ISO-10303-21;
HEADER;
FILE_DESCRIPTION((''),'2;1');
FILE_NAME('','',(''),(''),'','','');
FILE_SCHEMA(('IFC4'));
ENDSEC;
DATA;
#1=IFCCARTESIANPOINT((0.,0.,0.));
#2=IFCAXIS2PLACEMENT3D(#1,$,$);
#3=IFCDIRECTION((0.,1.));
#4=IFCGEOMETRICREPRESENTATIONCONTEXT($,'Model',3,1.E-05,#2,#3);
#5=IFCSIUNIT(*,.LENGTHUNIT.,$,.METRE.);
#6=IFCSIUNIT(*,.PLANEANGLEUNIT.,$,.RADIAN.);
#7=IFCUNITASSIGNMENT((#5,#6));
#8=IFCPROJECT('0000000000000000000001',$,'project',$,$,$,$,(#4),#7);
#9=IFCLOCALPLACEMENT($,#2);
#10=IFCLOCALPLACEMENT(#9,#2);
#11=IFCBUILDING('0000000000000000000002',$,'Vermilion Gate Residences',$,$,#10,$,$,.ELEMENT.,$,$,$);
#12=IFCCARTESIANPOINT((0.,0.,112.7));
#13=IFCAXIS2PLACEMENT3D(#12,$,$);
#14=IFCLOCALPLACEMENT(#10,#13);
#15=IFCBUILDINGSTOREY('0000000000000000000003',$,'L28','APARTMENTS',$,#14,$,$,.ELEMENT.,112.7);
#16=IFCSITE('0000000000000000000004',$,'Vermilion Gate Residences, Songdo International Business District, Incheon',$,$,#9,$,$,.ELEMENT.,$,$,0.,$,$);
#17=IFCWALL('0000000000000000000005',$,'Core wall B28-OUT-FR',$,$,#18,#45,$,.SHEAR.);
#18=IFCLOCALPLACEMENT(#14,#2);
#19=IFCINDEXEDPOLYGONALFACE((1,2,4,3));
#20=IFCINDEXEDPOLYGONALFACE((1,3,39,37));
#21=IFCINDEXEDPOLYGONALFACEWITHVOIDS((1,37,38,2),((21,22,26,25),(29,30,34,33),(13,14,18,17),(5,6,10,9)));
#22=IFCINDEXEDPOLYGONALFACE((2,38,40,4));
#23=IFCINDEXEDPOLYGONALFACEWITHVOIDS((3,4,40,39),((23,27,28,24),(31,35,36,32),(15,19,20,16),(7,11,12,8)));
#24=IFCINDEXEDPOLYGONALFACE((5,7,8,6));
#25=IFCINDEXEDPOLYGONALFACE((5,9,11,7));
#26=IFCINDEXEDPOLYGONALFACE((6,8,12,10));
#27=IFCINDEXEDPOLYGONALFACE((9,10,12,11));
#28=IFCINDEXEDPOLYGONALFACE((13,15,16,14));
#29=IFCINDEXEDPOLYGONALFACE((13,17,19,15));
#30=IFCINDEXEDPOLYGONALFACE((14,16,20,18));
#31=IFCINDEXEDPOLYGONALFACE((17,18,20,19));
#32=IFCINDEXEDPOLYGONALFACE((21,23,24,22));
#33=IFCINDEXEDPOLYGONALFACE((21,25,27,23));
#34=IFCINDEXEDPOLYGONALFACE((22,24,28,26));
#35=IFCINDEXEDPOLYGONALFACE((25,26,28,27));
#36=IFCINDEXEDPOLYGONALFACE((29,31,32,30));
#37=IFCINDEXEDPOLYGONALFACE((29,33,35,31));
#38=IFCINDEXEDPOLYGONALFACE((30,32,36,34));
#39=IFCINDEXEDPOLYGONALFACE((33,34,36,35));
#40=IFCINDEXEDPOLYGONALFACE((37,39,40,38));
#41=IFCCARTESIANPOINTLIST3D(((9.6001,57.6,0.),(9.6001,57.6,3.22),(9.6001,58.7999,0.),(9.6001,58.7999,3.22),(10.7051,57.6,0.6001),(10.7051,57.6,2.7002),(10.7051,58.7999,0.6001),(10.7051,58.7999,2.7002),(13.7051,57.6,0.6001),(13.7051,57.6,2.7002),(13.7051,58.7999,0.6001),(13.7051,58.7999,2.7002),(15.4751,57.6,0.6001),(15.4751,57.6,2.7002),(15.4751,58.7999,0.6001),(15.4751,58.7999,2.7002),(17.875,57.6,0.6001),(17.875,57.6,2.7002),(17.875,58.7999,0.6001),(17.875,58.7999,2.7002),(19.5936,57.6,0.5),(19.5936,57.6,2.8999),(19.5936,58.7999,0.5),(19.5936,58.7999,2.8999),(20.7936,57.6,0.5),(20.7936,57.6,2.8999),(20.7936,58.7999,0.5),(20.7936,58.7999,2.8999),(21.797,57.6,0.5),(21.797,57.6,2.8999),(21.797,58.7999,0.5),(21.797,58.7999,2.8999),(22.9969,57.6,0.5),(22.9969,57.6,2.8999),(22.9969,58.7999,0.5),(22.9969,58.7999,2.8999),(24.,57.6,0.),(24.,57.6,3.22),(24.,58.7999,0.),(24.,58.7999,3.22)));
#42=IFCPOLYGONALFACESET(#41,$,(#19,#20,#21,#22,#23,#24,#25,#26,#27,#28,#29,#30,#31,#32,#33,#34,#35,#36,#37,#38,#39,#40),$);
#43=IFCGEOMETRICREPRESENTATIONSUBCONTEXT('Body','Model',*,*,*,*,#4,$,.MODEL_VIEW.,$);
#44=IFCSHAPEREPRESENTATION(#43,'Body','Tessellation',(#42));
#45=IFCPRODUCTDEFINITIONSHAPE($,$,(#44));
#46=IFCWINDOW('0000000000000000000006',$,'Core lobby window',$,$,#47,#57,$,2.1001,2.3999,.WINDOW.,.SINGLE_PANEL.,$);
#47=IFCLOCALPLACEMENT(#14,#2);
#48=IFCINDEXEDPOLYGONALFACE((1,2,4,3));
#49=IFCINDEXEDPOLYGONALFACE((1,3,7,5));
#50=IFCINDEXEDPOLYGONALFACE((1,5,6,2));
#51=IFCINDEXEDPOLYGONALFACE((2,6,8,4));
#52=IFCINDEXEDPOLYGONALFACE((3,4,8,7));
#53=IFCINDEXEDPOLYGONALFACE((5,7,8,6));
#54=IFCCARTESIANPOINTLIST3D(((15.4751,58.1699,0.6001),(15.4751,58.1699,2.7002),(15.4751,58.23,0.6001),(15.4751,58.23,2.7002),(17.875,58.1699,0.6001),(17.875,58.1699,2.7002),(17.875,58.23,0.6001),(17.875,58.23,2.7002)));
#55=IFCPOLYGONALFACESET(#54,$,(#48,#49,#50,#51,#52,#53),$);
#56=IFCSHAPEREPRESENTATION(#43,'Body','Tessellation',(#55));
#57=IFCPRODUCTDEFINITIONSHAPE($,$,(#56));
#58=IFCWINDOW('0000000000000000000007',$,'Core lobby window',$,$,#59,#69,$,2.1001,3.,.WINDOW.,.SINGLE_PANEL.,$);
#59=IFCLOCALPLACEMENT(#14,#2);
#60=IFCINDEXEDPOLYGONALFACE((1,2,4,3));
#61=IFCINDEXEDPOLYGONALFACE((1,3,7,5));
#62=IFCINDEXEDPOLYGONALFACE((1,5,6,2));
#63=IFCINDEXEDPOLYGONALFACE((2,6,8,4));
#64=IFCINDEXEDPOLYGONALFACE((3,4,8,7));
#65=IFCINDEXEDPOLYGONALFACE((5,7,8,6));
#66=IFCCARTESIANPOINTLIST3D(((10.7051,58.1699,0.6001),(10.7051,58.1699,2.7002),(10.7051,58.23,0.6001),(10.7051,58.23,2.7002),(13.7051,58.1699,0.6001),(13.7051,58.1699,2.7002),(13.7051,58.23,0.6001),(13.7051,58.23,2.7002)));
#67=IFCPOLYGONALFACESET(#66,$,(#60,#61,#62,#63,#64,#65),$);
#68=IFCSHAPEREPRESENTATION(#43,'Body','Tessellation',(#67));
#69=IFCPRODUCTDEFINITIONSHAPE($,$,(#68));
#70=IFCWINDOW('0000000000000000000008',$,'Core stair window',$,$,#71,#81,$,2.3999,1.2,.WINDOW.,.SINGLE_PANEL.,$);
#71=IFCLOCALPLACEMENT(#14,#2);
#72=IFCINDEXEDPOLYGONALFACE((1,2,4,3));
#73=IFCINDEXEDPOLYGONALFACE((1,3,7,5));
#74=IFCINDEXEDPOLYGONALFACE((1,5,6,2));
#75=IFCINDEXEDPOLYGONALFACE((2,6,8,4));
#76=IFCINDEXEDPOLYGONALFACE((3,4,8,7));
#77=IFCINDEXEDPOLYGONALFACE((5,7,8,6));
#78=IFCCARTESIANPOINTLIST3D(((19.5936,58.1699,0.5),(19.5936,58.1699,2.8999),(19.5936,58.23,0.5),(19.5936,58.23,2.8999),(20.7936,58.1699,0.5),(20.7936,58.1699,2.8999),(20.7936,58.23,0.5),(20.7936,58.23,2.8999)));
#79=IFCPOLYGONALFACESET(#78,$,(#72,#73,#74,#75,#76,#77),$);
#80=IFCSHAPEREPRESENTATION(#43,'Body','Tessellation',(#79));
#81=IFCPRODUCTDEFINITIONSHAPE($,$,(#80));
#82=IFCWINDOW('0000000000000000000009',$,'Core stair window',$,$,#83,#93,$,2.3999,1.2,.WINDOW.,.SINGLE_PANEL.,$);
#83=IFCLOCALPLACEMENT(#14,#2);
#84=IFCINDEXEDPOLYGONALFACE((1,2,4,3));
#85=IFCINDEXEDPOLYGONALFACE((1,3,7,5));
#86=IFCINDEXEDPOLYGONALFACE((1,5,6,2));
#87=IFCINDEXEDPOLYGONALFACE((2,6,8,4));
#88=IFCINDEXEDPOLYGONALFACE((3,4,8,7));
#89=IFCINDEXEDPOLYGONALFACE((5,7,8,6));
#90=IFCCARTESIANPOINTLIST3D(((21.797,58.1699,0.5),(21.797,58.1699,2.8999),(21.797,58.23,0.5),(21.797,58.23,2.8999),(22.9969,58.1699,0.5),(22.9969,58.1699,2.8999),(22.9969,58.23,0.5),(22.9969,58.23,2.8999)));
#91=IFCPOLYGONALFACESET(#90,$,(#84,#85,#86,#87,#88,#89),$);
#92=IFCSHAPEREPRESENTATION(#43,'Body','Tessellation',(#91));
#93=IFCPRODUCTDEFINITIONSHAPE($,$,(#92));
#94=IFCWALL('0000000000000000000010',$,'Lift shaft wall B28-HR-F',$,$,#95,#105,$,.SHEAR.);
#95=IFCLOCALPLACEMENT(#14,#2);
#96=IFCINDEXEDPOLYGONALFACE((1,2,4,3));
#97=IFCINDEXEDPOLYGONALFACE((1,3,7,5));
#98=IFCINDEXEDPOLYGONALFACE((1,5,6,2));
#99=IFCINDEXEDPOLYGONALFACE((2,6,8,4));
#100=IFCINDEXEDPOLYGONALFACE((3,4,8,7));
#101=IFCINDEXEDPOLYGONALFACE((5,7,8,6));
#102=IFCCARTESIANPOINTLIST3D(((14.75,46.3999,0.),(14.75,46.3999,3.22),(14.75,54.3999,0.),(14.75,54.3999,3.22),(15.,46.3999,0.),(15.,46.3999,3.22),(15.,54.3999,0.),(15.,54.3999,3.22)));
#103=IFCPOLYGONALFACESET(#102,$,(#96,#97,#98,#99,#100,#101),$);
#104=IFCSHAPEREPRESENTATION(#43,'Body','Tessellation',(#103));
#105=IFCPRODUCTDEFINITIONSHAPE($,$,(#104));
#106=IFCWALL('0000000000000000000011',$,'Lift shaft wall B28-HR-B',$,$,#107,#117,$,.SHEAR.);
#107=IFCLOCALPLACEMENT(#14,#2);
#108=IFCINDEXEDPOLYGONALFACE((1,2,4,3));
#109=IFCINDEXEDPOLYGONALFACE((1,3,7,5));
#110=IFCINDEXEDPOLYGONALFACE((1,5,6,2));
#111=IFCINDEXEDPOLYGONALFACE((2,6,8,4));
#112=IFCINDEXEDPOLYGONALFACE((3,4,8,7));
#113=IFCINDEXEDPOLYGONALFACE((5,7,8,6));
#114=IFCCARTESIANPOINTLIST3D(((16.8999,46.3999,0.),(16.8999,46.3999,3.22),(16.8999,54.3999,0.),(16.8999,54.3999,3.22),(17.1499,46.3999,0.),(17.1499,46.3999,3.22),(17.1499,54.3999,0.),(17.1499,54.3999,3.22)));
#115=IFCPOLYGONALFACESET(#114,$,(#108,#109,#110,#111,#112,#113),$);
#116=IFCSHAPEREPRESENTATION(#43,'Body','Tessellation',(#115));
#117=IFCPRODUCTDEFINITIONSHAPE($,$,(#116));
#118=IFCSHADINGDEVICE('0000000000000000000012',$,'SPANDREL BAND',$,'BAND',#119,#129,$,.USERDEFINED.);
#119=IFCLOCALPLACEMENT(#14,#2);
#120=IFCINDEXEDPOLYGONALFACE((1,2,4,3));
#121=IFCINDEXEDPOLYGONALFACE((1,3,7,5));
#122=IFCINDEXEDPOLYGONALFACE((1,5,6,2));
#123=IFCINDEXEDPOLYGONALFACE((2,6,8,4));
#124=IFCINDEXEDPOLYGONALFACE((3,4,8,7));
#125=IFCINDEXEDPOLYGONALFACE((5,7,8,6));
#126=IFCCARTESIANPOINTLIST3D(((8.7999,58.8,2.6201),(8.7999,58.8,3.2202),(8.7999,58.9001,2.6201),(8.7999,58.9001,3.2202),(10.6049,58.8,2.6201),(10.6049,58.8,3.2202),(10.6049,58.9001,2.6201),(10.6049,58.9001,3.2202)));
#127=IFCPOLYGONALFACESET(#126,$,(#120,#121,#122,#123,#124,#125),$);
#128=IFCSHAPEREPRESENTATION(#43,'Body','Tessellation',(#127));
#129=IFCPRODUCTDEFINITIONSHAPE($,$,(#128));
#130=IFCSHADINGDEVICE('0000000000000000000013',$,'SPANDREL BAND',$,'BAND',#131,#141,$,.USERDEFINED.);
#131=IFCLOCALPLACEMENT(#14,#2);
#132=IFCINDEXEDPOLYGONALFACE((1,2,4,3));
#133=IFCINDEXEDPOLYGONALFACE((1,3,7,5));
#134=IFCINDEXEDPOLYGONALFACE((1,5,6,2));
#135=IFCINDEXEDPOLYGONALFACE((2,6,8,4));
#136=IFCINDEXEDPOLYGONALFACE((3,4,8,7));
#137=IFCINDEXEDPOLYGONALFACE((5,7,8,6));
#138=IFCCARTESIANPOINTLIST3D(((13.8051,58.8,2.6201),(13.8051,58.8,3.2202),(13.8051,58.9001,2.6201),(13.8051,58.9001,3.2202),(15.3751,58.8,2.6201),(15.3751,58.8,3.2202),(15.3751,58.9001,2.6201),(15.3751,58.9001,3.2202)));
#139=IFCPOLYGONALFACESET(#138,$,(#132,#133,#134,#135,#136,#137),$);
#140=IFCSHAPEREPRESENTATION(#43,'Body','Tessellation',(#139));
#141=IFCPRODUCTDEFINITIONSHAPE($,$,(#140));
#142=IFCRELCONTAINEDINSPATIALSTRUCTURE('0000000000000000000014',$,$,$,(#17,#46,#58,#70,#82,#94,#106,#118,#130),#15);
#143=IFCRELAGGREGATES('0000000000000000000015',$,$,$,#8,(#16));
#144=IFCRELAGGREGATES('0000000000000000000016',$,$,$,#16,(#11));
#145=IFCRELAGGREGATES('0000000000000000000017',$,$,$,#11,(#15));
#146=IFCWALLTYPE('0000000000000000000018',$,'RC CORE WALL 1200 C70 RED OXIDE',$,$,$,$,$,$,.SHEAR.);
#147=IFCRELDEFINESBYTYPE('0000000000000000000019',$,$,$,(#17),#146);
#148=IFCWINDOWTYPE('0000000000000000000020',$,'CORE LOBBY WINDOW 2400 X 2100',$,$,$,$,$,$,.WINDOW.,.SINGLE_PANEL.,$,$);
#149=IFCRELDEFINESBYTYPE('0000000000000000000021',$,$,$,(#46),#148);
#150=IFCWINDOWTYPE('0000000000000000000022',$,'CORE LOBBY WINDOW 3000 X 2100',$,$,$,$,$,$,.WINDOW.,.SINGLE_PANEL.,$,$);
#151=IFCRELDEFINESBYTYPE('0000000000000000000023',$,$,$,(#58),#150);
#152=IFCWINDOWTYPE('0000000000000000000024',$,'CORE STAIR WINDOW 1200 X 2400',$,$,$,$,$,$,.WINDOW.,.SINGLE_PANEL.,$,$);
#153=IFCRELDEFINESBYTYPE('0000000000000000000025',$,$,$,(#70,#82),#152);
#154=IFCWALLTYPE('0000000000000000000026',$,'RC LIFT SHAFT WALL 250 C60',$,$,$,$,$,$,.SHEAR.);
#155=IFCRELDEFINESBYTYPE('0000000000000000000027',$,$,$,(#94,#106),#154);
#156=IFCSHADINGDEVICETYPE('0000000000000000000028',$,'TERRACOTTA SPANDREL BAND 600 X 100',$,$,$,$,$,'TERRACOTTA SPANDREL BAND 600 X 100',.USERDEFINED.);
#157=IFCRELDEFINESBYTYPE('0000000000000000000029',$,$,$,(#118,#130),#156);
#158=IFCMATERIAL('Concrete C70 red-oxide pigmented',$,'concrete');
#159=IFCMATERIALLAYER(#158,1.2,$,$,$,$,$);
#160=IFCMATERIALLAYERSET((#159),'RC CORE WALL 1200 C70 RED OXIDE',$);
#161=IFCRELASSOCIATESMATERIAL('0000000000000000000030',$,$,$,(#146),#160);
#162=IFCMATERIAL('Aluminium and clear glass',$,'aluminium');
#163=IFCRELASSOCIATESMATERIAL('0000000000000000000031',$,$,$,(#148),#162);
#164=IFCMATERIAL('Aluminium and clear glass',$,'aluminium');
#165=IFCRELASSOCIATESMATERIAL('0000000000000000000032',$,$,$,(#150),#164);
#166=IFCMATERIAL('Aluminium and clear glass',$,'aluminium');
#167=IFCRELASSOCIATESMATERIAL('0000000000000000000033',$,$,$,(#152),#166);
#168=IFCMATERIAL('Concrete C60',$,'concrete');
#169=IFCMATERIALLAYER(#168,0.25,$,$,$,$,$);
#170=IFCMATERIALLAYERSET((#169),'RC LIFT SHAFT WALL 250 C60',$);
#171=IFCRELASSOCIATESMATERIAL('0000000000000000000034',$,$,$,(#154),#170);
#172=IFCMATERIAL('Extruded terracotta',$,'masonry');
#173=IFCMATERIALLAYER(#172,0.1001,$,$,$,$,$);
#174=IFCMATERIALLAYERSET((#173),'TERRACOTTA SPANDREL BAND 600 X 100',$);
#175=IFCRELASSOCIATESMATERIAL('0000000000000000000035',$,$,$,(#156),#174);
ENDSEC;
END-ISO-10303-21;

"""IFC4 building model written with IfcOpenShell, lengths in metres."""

from ifc_helpers import new_model, si_unit, direction, frame, frame_2d, origin, origin_2d, place, context, subcontext, project, spatial, rectangle, extrude, material, layer, layer_set, type_object, element, fill, save


model = new_model("IFC4")

# Units and contexts
model_context = context("Model", 3, precision=1e-05, world=origin(), true_north=direction((0.0, 1.0)))
body_context = subcontext(model_context, "Body", "Model", "MODEL_VIEW")
ifc_project = project(units=[si_unit("LENGTHUNIT", "METRE"), si_unit("PLANEANGLEUNIT", "RADIAN")], contexts=[model_context])

# Site, building, storey
site_placement = place(None, origin())
site = spatial("IfcSite", under=ifc_project, at=site_placement, Name="Vermilion Gate Residences, Songdo International Business District, Incheon", CompositionType="ELEMENT", RefElevation=0.0)
building_placement = place(site_placement, origin())
building = spatial("IfcBuilding", under=site, at=building_placement, Name="Vermilion Gate Residences", CompositionType="ELEMENT")
storey_placement = place(building_placement, frame((0.0, 0.0, 112.7)))
storey = spatial("IfcBuildingStorey", under=building, at=storey_placement, Name="L28", Description="APARTMENTS", CompositionType="ELEMENT", Elevation=112.7)

# Wall, openings, windows
ifc_material_1 = material(Name="Concrete C70 red-oxide pigmented", Category="concrete")
ifc_layer_1 = layer(ifc_material_1, 1.2)
ifc_layer_set_1 = layer_set([ifc_layer_1], Name="RC CORE WALL 1200 C70 RED OXIDE")
wall_type_1 = type_object("IfcWallType", Name="RC CORE WALL 1200 C70 RED OXIDE", PredefinedType="SHEAR", material=ifc_layer_set_1)
wall_1_placement = place(storey_placement, frame((9.6001, 58.2, 0.0), z_axis=(0.0, 0.0, 1.0), x_axis=(1.0, 0.0, 0.0)))
wall_1 = element("IfcWall", 1, at=wall_1_placement, inside=storey, type_object=wall_type_1, Name="Core wall B28-OUT-FR", PredefinedType="SHEAR", context=body_context, shape_type="SweptSolid", body=[
    extrude(rectangle(XDim=14.3999, YDim=1.2, at=frame_2d((7.2, 0.0))), origin(), (0.0, 0.0, 1.0), 3.22),
])
opening_1_placement = place(wall_1_placement, frame((1.105, 0.0, 0.6001)))
opening_1 = element("IfcOpeningElement", 2, at=opening_1_placement, cuts=wall_1, PredefinedType="OPENING", context=body_context, shape_type="SweptSolid", body=[
    extrude(rectangle(XDim=3.0, YDim=2.1001, at=frame_2d((1.5, 1.05))), frame((0.0, 0.6099, 0.0), z_axis=(0.0, -1.0, 0.0), x_axis=(1.0, 0.0, 0.0)), (0.0, 0.0, 1.0), 1.22),
])
opening_2_placement = place(wall_1_placement, frame((5.875, 0.0, 0.6001)))
opening_2 = element("IfcOpeningElement", 3, at=opening_2_placement, cuts=wall_1, PredefinedType="OPENING", context=body_context, shape_type="SweptSolid", body=[
    extrude(rectangle(XDim=2.3999, YDim=2.1001, at=frame_2d((1.2, 1.05))), frame((0.0, 0.6099, 0.0), z_axis=(0.0, -1.0, 0.0), x_axis=(1.0, 0.0, 0.0)), (0.0, 0.0, 1.0), 1.22),
])
opening_3_placement = place(wall_1_placement, frame((9.9934, 0.0, 0.5)))
opening_3 = element("IfcOpeningElement", 4, at=opening_3_placement, cuts=wall_1, PredefinedType="OPENING", context=body_context, shape_type="SweptSolid", body=[
    extrude(rectangle(XDim=1.2, YDim=2.3999, at=frame_2d((0.6001, 1.2))), frame((0.0, 0.6099, 0.0), z_axis=(0.0, -1.0, 0.0), x_axis=(1.0, 0.0, 0.0)), (0.0, 0.0, 1.0), 1.22),
])
opening_4_placement = place(wall_1_placement, frame((12.1968, 0.0, 0.5)))
opening_4 = element("IfcOpeningElement", 5, at=opening_4_placement, cuts=wall_1, PredefinedType="OPENING", context=body_context, shape_type="SweptSolid", body=[
    extrude(rectangle(XDim=1.2, YDim=2.3999, at=frame_2d((0.6001, 1.2))), frame((0.0, 0.6099, 0.0), z_axis=(0.0, -1.0, 0.0), x_axis=(1.0, 0.0, 0.0)), (0.0, 0.0, 1.0), 1.22),
])
ifc_material_2 = material(Name="Aluminium and clear glass", Category="aluminium")
window_type_1 = type_object("IfcWindowType", Name="CORE LOBBY WINDOW 2400 X 2100", PartitioningType="SINGLE_PANEL", PredefinedType="WINDOW", material=ifc_material_2)
window_1_placement = place(opening_2_placement, origin())
window_1 = element("IfcWindow", 6, at=window_1_placement, inside=storey, type_object=window_type_1, Name="Core lobby window", OverallHeight=2.1001, OverallWidth=2.3999, PartitioningType="SINGLE_PANEL", PredefinedType="WINDOW", context=body_context, shape_type="SweptSolid", body=[
    extrude(rectangle(XDim=2.3999, YDim=2.1001, at=frame_2d((1.2, 1.05))), frame((0.0, 0.03, 0.0), z_axis=(0.0, -1.0, 0.0), x_axis=(1.0, 0.0, 0.0)), (0.0, 0.0, 1.0), 0.0601),
])
fill(opening_2, window_1)
ifc_material_3 = material(Name="Aluminium and clear glass", Category="aluminium")
window_type_2 = type_object("IfcWindowType", Name="CORE LOBBY WINDOW 3000 X 2100", PartitioningType="SINGLE_PANEL", PredefinedType="WINDOW", material=ifc_material_3)
window_2_placement = place(opening_1_placement, origin())
window_2 = element("IfcWindow", 7, at=window_2_placement, inside=storey, type_object=window_type_2, Name="Core lobby window", OverallHeight=2.1001, OverallWidth=3.0, PartitioningType="SINGLE_PANEL", PredefinedType="WINDOW", context=body_context, shape_type="SweptSolid", body=[
    extrude(rectangle(XDim=3.0, YDim=2.1001, at=frame_2d((1.5, 1.05))), frame((0.0, 0.03, 0.0), z_axis=(0.0, -1.0, 0.0), x_axis=(1.0, 0.0, 0.0)), (0.0, 0.0, 1.0), 0.0601),
])
fill(opening_1, window_2)
ifc_material_4 = material(Name="Aluminium and clear glass", Category="aluminium")
window_type_3 = type_object("IfcWindowType", Name="CORE STAIR WINDOW 1200 X 2400", PartitioningType="SINGLE_PANEL", PredefinedType="WINDOW", material=ifc_material_4)
window_3_placement = place(opening_3_placement, origin())
window_3 = element("IfcWindow", 8, at=window_3_placement, inside=storey, type_object=window_type_3, Name="Core stair window", OverallHeight=2.3999, OverallWidth=1.2, PartitioningType="SINGLE_PANEL", PredefinedType="WINDOW", context=body_context, shape_type="SweptSolid", body=[
    extrude(rectangle(XDim=1.2, YDim=2.3999, at=frame_2d((0.6001, 1.2))), frame((0.0, 0.03, 0.0), z_axis=(0.0, -1.0, 0.0), x_axis=(1.0, 0.0, 0.0)), (0.0, 0.0, 1.0), 0.0601),
])
fill(opening_3, window_3)
window_4_placement = place(opening_4_placement, origin())
window_4 = element("IfcWindow", 9, at=window_4_placement, inside=storey, type_object=window_type_3, Name="Core stair window", OverallHeight=2.3999, OverallWidth=1.2, PartitioningType="SINGLE_PANEL", PredefinedType="WINDOW", context=body_context, shape_type="SweptSolid", body=[
    extrude(rectangle(XDim=1.2, YDim=2.3999, at=frame_2d((0.6001, 1.2))), frame((0.0, 0.03, 0.0), z_axis=(0.0, -1.0, 0.0), x_axis=(1.0, 0.0, 0.0)), (0.0, 0.0, 1.0), 0.0601),
])
fill(opening_4, window_4)

# Walls
ifc_material_5 = material(Name="Concrete C60", Category="concrete")
ifc_layer_2 = layer(ifc_material_5, 0.25)
ifc_layer_set_2 = layer_set([ifc_layer_2], Name="RC LIFT SHAFT WALL 250 C60")
wall_type_2 = type_object("IfcWallType", Name="RC LIFT SHAFT WALL 250 C60", PredefinedType="SHEAR", material=ifc_layer_set_2)
for number, where, z_axis, x_axis, name in (
    (10, (14.875, 54.3999, 0.0), (0.0, 0.0, 1.0), (0.0, -1.0, 0.0), "Lift shaft wall B28-HR-F"),
    (11, (17.0249, 54.3999, 0.0), (0.0, 0.0, 1.0), (0.0, -1.0, 0.0), "Lift shaft wall B28-HR-B"),
):
    element("IfcWall", number, at=place(storey_placement, frame(where, z_axis=z_axis, x_axis=x_axis)), inside=storey, type_object=wall_type_2, Name=name, PredefinedType="SHEAR", context=body_context, shape_type="SweptSolid", body=[
        extrude(rectangle(XDim=8.0, YDim=0.25, at=frame_2d((4.0, 0.0))), origin(), (0.0, 0.0, 1.0), 3.22),
    ])

# Shading devices
ifc_material_6 = material(Name="Extruded terracotta", Category="masonry")
ifc_layer_3 = layer(ifc_material_6, 0.1001)
ifc_layer_set_3 = layer_set([ifc_layer_3], Name="TERRACOTTA SPANDREL BAND 600 X 100")
shading_device_type = type_object("IfcShadingDeviceType", Name="TERRACOTTA SPANDREL BAND 600 X 100", ElementType="TERRACOTTA SPANDREL BAND 600 X 100", PredefinedType="USERDEFINED", material=ifc_layer_set_3)
shading_device_1_placement = place(storey_placement, frame((9.7024, 58.8501, 2.6201), z_axis=(0.0, 0.0, 1.0), x_axis=(1.0, 0.0, 0.0)))
element("IfcShadingDevice", 12, at=shading_device_1_placement, inside=storey, type_object=shading_device_type, Name="SPANDREL BAND", ObjectType="BAND", PredefinedType="USERDEFINED", context=body_context, shape_type="SweptSolid", body=[
    extrude(rectangle(XDim=1.8049, YDim=0.1001, at=origin_2d()), origin(), (0.0, 0.0, 1.0), 0.6001),
])
shading_device_2_placement = place(storey_placement, frame((14.5901, 58.8501, 2.6201), z_axis=(0.0, 0.0, 1.0), x_axis=(1.0, 0.0, 0.0)))
element("IfcShadingDevice", 13, at=shading_device_2_placement, inside=storey, type_object=shading_device_type, Name="SPANDREL BAND", ObjectType="BAND", PredefinedType="USERDEFINED", context=body_context, shape_type="SweptSolid", body=[
    extrude(rectangle(XDim=1.5701, YDim=0.1001, at=origin_2d()), origin(), (0.0, 0.0, 1.0), 0.6001),
])

save(model, "model.ifc")
